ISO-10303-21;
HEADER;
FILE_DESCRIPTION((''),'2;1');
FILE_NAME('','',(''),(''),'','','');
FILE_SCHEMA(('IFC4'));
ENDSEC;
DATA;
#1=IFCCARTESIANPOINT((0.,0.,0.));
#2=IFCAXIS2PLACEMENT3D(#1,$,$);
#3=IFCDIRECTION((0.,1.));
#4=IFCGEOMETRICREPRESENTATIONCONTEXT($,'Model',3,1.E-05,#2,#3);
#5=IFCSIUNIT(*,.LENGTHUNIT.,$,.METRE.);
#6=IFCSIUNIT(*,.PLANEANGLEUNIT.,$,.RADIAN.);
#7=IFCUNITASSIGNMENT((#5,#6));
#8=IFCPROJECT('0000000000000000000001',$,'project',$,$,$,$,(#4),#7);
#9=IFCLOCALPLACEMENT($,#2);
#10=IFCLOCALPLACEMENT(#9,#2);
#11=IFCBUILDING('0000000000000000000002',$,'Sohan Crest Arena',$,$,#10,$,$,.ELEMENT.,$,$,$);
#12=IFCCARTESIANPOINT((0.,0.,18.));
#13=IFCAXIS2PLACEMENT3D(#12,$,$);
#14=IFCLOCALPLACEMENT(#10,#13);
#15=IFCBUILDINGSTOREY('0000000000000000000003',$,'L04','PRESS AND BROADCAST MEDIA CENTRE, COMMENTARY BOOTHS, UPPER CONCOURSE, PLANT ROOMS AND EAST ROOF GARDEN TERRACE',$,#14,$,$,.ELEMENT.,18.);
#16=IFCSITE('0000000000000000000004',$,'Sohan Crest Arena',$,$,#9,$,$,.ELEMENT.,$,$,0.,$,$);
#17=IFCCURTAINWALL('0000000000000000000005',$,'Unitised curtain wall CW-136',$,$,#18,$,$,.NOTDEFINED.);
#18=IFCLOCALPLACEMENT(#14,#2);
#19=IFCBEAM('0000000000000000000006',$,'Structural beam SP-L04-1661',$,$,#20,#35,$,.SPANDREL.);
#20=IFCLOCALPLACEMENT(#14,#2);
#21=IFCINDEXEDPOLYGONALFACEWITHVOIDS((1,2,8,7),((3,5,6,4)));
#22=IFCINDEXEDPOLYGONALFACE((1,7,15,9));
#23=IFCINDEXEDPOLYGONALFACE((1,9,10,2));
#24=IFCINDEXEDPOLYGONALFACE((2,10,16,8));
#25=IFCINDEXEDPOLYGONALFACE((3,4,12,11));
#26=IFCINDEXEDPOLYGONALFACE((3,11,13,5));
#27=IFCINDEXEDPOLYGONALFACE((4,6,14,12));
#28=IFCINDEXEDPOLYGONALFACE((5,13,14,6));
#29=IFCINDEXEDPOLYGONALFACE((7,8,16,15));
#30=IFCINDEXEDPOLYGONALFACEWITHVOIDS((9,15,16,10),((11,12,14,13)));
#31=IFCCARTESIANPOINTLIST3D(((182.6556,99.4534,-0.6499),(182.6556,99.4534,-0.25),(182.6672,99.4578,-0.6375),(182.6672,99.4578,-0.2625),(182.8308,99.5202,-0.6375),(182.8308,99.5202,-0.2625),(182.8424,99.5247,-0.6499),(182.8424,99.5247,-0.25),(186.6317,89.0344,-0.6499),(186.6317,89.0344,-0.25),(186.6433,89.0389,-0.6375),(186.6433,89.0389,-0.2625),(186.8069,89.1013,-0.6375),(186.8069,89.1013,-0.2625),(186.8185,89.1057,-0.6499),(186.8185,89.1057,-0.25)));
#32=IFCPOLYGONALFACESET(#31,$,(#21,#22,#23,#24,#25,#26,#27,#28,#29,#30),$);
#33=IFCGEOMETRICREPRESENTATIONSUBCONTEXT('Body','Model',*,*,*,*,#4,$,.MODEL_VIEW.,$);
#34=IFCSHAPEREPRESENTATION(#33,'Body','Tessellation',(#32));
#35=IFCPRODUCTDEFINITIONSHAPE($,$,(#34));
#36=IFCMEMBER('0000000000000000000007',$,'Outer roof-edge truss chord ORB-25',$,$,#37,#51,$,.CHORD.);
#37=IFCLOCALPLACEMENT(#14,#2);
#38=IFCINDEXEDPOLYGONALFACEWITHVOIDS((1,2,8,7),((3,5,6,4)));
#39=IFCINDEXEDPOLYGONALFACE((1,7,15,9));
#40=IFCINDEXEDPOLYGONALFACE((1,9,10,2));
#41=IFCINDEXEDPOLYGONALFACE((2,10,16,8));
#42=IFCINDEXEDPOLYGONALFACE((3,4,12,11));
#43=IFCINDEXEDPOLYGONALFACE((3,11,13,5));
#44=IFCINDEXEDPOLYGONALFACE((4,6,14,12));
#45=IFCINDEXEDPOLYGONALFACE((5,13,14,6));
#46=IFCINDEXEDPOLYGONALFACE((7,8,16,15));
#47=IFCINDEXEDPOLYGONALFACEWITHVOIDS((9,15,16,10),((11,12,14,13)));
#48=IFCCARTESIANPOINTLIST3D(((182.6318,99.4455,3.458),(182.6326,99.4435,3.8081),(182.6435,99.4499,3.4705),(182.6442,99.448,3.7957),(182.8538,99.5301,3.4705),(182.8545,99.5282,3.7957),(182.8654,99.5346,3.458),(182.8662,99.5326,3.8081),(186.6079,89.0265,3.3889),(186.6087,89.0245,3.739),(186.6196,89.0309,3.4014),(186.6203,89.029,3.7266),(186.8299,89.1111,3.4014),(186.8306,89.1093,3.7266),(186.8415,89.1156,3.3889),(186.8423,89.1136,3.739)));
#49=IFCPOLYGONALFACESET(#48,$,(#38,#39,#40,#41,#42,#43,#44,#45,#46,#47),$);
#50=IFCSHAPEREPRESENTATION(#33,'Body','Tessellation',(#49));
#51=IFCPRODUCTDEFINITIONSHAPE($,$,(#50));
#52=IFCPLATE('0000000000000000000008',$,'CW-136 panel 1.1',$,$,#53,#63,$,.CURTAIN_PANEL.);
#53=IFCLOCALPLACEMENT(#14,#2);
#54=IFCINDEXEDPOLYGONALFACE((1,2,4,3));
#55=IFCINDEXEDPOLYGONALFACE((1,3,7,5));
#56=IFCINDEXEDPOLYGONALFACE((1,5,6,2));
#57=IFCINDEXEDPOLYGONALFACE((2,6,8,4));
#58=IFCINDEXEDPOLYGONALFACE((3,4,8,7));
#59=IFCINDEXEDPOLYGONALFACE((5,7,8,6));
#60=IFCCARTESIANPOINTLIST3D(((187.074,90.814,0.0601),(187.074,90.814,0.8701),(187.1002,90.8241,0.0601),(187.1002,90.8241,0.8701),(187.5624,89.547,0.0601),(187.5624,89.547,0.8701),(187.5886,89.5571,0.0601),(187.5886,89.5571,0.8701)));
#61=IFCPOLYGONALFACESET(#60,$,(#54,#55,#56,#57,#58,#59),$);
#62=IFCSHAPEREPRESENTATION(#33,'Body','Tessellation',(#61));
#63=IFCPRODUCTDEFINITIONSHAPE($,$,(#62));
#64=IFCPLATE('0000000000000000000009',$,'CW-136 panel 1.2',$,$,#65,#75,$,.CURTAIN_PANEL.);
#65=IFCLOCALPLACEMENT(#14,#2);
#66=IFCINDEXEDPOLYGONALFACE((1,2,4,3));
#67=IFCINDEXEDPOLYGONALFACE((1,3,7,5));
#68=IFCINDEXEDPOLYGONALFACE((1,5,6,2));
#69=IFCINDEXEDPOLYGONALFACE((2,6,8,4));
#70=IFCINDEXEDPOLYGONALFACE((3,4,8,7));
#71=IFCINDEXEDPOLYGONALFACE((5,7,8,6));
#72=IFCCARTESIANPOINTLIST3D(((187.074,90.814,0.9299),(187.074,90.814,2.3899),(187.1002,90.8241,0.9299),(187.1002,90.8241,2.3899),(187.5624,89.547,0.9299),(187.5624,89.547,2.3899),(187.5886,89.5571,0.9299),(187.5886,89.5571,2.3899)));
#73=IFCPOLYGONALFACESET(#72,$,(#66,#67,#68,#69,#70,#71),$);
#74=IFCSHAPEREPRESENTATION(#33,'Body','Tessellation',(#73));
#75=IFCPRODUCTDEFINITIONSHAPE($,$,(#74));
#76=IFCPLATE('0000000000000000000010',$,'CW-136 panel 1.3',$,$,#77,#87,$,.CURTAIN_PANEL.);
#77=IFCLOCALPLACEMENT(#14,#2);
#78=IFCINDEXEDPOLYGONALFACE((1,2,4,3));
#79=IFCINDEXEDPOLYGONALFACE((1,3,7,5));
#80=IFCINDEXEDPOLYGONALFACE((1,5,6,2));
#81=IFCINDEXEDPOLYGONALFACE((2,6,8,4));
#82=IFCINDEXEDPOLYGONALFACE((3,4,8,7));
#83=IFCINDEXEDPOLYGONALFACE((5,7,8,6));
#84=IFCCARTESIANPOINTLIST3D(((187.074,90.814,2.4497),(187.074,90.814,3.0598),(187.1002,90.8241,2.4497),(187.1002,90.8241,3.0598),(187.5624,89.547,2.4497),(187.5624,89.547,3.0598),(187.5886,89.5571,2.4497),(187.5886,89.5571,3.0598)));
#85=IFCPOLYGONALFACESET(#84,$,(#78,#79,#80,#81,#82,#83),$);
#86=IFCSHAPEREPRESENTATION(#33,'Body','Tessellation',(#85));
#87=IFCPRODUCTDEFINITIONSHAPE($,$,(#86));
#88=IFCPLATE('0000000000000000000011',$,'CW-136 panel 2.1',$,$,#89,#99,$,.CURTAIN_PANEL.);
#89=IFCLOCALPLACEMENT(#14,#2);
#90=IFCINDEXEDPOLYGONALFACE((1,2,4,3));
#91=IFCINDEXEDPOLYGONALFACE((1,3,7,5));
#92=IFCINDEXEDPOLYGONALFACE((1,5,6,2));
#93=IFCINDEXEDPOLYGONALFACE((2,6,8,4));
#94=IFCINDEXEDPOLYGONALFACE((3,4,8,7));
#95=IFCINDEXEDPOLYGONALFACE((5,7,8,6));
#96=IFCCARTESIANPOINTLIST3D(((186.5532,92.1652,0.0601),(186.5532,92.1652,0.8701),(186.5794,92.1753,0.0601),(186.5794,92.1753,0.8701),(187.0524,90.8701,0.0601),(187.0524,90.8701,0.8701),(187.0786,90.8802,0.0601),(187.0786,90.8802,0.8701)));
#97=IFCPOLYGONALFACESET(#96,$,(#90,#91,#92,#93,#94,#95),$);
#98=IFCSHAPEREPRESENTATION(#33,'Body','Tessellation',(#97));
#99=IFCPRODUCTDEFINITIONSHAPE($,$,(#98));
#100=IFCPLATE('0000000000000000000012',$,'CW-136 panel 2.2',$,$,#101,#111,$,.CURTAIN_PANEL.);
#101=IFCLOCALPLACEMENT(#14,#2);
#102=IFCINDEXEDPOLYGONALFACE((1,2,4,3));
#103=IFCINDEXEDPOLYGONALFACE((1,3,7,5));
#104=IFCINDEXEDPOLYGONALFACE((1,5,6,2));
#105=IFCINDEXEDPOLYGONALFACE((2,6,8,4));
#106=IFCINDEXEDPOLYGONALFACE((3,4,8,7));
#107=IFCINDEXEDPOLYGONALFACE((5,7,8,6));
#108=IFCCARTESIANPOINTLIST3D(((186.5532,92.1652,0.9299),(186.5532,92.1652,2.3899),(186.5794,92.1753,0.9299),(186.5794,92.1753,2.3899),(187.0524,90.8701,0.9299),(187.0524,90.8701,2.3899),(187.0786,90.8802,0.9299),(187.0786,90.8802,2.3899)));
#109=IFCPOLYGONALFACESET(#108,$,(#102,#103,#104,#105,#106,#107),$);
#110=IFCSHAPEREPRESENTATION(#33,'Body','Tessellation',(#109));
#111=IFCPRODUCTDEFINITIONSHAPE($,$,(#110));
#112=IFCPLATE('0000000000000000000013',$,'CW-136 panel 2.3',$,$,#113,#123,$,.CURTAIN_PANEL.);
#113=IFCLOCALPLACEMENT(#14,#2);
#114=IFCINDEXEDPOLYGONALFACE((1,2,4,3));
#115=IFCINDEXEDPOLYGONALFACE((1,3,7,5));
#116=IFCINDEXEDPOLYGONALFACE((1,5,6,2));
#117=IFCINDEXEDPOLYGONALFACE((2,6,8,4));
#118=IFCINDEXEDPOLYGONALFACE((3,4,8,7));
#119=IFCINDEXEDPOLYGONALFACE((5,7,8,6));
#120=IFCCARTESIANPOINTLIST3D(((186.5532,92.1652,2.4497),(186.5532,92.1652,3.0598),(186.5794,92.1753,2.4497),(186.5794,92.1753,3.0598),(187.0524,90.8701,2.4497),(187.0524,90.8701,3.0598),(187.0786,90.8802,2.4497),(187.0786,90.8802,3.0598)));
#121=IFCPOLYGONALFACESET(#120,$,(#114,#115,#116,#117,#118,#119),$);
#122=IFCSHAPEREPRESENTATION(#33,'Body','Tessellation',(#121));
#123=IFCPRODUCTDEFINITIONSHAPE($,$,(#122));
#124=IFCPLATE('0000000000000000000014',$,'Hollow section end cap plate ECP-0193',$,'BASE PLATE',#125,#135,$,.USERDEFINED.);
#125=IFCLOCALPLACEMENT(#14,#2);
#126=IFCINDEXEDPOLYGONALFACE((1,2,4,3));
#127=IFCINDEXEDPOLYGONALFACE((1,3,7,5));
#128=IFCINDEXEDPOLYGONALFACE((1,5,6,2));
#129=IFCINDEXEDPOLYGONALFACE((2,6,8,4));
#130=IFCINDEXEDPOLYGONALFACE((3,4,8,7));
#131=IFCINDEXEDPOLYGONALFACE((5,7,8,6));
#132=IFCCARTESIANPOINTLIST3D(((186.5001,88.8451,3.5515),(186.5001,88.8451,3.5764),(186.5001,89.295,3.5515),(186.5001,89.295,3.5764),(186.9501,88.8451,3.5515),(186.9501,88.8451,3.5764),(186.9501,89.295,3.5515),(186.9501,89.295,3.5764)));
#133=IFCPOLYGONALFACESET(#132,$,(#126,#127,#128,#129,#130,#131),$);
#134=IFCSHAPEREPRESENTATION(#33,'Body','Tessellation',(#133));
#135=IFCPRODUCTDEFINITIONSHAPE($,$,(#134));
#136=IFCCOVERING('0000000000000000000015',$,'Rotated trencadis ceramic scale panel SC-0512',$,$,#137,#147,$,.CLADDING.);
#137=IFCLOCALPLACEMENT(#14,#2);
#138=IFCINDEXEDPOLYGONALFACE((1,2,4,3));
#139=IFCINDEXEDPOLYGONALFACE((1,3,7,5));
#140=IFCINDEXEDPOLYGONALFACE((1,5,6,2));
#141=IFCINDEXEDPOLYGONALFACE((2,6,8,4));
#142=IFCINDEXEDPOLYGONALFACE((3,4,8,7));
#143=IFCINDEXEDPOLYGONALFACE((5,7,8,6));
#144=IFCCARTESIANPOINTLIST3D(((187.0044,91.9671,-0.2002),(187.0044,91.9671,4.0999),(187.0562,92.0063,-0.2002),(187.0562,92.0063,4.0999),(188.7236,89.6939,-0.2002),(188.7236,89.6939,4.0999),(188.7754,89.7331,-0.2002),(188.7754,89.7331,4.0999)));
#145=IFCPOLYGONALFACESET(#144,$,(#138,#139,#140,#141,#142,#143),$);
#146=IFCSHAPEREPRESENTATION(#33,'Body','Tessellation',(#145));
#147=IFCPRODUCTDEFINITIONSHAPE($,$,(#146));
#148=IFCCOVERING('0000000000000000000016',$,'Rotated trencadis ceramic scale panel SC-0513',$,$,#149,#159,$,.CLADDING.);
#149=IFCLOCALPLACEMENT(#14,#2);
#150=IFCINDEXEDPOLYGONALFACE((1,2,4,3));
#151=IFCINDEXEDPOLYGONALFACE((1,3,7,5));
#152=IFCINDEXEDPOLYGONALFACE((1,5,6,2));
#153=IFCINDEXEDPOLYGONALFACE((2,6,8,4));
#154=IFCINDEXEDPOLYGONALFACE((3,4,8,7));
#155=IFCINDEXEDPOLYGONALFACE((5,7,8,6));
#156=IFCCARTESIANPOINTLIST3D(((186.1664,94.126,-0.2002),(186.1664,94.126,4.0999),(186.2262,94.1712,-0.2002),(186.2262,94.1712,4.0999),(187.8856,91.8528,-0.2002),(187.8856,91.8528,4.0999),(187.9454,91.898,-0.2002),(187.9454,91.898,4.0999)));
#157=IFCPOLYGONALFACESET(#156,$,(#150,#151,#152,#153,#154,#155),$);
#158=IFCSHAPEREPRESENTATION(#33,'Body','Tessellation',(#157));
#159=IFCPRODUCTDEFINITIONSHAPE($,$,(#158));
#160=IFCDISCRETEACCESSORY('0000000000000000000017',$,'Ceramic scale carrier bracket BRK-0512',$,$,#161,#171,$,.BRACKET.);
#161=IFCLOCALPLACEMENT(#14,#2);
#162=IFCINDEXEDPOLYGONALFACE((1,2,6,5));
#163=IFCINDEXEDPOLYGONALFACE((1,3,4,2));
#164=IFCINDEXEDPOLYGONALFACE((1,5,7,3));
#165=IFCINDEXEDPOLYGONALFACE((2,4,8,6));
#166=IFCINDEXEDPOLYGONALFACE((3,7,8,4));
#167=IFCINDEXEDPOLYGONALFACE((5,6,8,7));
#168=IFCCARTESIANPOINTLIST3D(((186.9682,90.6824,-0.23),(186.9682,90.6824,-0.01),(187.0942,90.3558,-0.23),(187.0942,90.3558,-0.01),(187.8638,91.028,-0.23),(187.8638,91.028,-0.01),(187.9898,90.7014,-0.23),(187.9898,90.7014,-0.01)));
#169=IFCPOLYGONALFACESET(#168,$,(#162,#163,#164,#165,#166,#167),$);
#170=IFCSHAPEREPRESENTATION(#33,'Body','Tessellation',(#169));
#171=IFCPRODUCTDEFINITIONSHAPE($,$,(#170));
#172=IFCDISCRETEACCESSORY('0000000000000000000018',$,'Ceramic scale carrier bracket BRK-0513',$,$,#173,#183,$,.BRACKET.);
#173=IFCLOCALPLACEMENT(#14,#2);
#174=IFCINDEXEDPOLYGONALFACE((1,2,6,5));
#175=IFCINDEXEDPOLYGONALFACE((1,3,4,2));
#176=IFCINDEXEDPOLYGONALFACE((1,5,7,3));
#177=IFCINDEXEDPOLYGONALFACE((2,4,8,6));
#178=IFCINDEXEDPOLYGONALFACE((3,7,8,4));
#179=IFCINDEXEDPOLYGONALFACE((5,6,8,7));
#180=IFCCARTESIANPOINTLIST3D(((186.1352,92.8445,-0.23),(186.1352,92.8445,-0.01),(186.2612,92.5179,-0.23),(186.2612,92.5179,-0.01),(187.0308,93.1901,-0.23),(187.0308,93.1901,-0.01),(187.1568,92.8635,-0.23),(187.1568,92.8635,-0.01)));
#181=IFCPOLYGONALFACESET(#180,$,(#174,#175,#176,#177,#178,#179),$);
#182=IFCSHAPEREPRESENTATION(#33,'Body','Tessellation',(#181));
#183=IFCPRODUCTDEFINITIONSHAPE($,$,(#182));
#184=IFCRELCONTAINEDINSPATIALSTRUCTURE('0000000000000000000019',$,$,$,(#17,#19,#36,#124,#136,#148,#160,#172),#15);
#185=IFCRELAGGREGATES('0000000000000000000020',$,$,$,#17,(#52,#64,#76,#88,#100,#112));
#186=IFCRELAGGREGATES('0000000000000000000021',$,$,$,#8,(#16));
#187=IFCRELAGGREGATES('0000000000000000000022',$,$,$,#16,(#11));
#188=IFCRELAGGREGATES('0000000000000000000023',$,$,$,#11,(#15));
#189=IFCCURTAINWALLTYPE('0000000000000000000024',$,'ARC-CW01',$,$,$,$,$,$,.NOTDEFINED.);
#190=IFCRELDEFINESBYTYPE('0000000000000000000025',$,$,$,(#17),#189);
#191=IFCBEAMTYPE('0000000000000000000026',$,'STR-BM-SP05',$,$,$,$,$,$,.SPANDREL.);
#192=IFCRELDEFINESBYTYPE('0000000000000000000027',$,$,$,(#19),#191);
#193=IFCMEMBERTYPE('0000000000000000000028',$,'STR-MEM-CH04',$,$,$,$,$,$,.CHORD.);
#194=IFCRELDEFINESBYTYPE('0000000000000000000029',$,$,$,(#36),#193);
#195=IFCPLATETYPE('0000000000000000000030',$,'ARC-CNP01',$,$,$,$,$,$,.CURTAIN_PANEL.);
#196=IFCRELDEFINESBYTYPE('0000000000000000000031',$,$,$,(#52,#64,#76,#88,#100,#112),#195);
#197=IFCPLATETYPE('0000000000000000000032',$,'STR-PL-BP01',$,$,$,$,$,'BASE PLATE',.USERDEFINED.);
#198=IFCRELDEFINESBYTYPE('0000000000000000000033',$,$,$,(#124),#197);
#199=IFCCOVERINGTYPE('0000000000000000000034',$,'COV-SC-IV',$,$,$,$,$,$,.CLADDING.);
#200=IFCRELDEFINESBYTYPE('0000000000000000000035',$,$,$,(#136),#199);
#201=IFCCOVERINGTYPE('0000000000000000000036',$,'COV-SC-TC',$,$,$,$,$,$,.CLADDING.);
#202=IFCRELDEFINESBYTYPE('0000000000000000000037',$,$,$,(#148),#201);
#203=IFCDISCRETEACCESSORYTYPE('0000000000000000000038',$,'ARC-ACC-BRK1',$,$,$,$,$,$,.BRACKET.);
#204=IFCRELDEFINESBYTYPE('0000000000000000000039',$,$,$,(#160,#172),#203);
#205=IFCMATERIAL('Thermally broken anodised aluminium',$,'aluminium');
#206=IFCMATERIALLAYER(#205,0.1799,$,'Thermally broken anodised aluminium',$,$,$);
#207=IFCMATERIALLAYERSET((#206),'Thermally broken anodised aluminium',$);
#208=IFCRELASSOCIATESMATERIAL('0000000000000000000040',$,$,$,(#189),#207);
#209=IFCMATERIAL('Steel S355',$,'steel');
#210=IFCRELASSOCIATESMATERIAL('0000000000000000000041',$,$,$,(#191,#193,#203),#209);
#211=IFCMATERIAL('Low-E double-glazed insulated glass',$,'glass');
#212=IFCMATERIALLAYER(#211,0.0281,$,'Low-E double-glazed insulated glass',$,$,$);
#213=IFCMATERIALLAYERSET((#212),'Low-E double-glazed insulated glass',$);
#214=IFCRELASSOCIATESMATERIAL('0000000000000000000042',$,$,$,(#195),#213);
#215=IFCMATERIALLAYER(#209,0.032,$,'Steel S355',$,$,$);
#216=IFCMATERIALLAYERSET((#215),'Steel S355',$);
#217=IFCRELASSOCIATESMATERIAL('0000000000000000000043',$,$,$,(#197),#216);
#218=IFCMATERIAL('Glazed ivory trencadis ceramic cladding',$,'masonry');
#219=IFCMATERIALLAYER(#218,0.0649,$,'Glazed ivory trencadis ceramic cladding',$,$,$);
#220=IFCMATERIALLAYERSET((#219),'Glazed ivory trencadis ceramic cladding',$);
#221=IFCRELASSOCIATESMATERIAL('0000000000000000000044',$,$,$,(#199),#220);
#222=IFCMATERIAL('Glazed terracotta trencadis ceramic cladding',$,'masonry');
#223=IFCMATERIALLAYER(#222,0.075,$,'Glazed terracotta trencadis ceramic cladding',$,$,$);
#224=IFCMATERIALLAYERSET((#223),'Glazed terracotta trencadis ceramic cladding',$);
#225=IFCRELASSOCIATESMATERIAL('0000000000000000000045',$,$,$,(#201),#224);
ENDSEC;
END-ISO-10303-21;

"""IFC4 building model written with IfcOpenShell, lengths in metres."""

from ifc_helpers import new_model, si_unit, direction, frame, origin, origin_2d, place, context, subcontext, project, spatial, rectangle, hollow_rectangle, extrude, material, layer, layer_set, material_profile, profile_set, type_object, element, aggregate, save


model = new_model("IFC4")

# Units and contexts
model_context = context("Model", 3, precision=1e-05, world=origin(), true_north=direction((0.0, 1.0)))
body_context = subcontext(model_context, "Body", "Model", "MODEL_VIEW")
ifc_project = project(units=[si_unit("LENGTHUNIT", "METRE"), si_unit("PLANEANGLEUNIT", "RADIAN")], contexts=[model_context])

# Site, building, storey
site_placement = place(None, origin())
site = spatial("IfcSite", under=ifc_project, at=site_placement, Name="Sohan Crest Arena", CompositionType="ELEMENT", RefElevation=0.0)
building_placement = place(site_placement, origin())
building = spatial("IfcBuilding", under=site, at=building_placement, Name="Sohan Crest Arena", CompositionType="ELEMENT")
storey_placement = place(building_placement, frame((0.0, 0.0, 18.0)))
storey = spatial("IfcBuildingStorey", under=building, at=storey_placement, Name="L04", Description="PRESS AND BROADCAST MEDIA CENTRE, COMMENTARY BOOTHS, UPPER CONCOURSE, PLANT ROOMS AND EAST ROOF GARDEN TERRACE", CompositionType="ELEMENT", Elevation=18.0)

# Shared definitions
ifc_material_1 = material(Name="Steel S355", Category="steel")

# Curtain wall
ifc_material_2 = material(Name="Thermally broken anodised aluminium", Category="aluminium")
ifc_layer_1 = layer(ifc_material_2, 0.1799, Name="Thermally broken anodised aluminium")
ifc_layer_set_1 = layer_set([ifc_layer_1], Name="Thermally broken anodised aluminium")
curtain_wall_type_1 = type_object("IfcCurtainWallType", Name="ARC-CW01", PredefinedType="NOTDEFINED", material=ifc_layer_set_1)
curtain_wall_1_placement = place(storey_placement, origin())
curtain_wall_1 = element("IfcCurtainWall", 1, at=curtain_wall_1_placement, inside=storey, type_object=curtain_wall_type_1, Name="Unitised curtain wall CW-136", PredefinedType="NOTDEFINED")

# Beam
ifc_material_profile_1 = material_profile(ifc_material_1, hollow_rectangle(XDim=0.2, YDim=0.3999, WallThickness=0.0125, at=origin_2d()), Name="RHS 400x200x12.5")
ifc_profile_set_1 = profile_set([ifc_material_profile_1], Name="Steel S355")
beam_type = type_object("IfcBeamType", Name="STR-BM-SP05", PredefinedType="SPANDREL", material=ifc_profile_set_1)
beam_placement = place(storey_placement, frame((186.7251, 89.0701, -0.45), z_axis=(-0.35654, 0.93428, 0.0), x_axis=(-0.93428, -0.35654, 0.0)))
element("IfcBeam", 2, at=beam_placement, inside=storey, type_object=beam_type, Name="Structural beam SP-L04-1661", PredefinedType="SPANDREL", context=body_context, shape_type="SweptSolid", body=[
    extrude(hollow_rectangle(XDim=0.2, YDim=0.3999, WallThickness=0.0125, at=origin_2d()), origin(), (0.0, 0.0, 1.0), 11.1519),
])

# Member
ifc_material_profile_2 = material_profile(ifc_material_1, hollow_rectangle(XDim=0.25, YDim=0.3501, WallThickness=0.0125, at=origin_2d()), Name="RHS 350x250x12.5")
ifc_profile_set_2 = profile_set([ifc_material_profile_2], Name="Steel S355")
member_type_1 = type_object("IfcMemberType", Name="STR-MEM-CH04", PredefinedType="CHORD", material=ifc_profile_set_2)
member_1_placement = place(storey_placement, frame((186.7251, 89.0701, 3.564), z_axis=(-0.356533, 0.934262, 0.006195), x_axis=(-0.93428, -0.35654, 0.0)))
element("IfcMember", 3, at=member_1_placement, inside=storey, type_object=member_type_1, Name="Outer roof-edge truss chord ORB-25", PredefinedType="CHORD", context=body_context, shape_type="SweptSolid", body=[
    extrude(hollow_rectangle(XDim=0.25, YDim=0.3501, WallThickness=0.0125, at=origin_2d()), origin(), (0.0, 0.0, 1.0), 11.1521),
])

# Plates
ifc_material_3 = material(Name="Low-E double-glazed insulated glass", Category="glass")
ifc_layer_2 = layer(ifc_material_3, 0.0281, Name="Low-E double-glazed insulated glass")
ifc_layer_set_2 = layer_set([ifc_layer_2], Name="Low-E double-glazed insulated glass")
plate_type_1 = type_object("IfcPlateType", Name="ARC-CNP01", PredefinedType="CURTAIN_PANEL", material=ifc_layer_set_2)
plate_1_placement = place(storey_placement, frame((187.3313, 90.1855, 0.0601), z_axis=(0.0, 0.0, 1.0), x_axis=(-0.359633, 0.933094, 0.0)))
plate_1 = element("IfcPlate", 4, at=plate_1_placement, type_object=plate_type_1, Name="CW-136 panel 1.1", PredefinedType="CURTAIN_PANEL", context=body_context, shape_type="SweptSolid", body=[
    extrude(rectangle(XDim=1.3579, YDim=0.0281, at=origin_2d()), origin(), (0.0, 0.0, 1.0), 0.8101),
])
plate_2_placement = place(storey_placement, frame((187.3313, 90.1855, 0.9299), z_axis=(0.0, 0.0, 1.0), x_axis=(-0.359633, 0.933094, 0.0)))
plate_2 = element("IfcPlate", 5, at=plate_2_placement, type_object=plate_type_1, Name="CW-136 panel 1.2", PredefinedType="CURTAIN_PANEL", context=body_context, shape_type="SweptSolid", body=[
    extrude(rectangle(XDim=1.3579, YDim=0.0281, at=origin_2d()), origin(), (0.0, 0.0, 1.0), 1.46),
])
plate_3_placement = place(storey_placement, frame((187.3313, 90.1855, 2.4497), z_axis=(0.0, 0.0, 1.0), x_axis=(-0.359633, 0.933094, 0.0)))
plate_3 = element("IfcPlate", 6, at=plate_3_placement, type_object=plate_type_1, Name="CW-136 panel 1.3", PredefinedType="CURTAIN_PANEL", context=body_context, shape_type="SweptSolid", body=[
    extrude(rectangle(XDim=1.3579, YDim=0.0281, at=origin_2d()), origin(), (0.0, 0.0, 1.0), 0.6101),
])
plate_4_placement = place(storey_placement, frame((186.8159, 91.5227, 0.0601), z_axis=(0.0, 0.0, 1.0), x_axis=(-0.359633, 0.933094, 0.0)))
plate_4 = element("IfcPlate", 7, at=plate_4_placement, type_object=plate_type_1, Name="CW-136 panel 2.1", PredefinedType="CURTAIN_PANEL", context=body_context, shape_type="SweptSolid", body=[
    extrude(rectangle(XDim=1.3879, YDim=0.0281, at=origin_2d()), origin(), (0.0, 0.0, 1.0), 0.8101),
])
plate_5_placement = place(storey_placement, frame((186.8159, 91.5227, 0.9299), z_axis=(0.0, 0.0, 1.0), x_axis=(-0.359633, 0.933094, 0.0)))
plate_5 = element("IfcPlate", 8, at=plate_5_placement, type_object=plate_type_1, Name="CW-136 panel 2.2", PredefinedType="CURTAIN_PANEL", context=body_context, shape_type="SweptSolid", body=[
    extrude(rectangle(XDim=1.3879, YDim=0.0281, at=origin_2d()), origin(), (0.0, 0.0, 1.0), 1.46),
])
plate_6_placement = place(storey_placement, frame((186.8159, 91.5227, 2.4497), z_axis=(0.0, 0.0, 1.0), x_axis=(-0.359633, 0.933094, 0.0)))
plate_6 = element("IfcPlate", 9, at=plate_6_placement, type_object=plate_type_1, Name="CW-136 panel 2.3", PredefinedType="CURTAIN_PANEL", context=body_context, shape_type="SweptSolid", body=[
    extrude(rectangle(XDim=1.3879, YDim=0.0281, at=origin_2d()), origin(), (0.0, 0.0, 1.0), 0.6101),
])
aggregate(curtain_wall_1, [plate_1, plate_2, plate_3, plate_4, plate_5, plate_6])
ifc_layer_3 = layer(ifc_material_1, 0.032, Name="Steel S355")
ifc_layer_set_3 = layer_set([ifc_layer_3], Name="Steel S355")
plate_type_2 = type_object("IfcPlateType", Name="STR-PL-BP01", ElementType="BASE PLATE", PredefinedType="USERDEFINED", material=ifc_layer_set_3)
plate_7_placement = place(storey_placement, frame((186.7251, 89.0701, 3.5515), z_axis=(0.0, 0.0, 1.0), x_axis=(1.0, 0.0, 0.0)))
element("IfcPlate", 10, at=plate_7_placement, inside=storey, type_object=plate_type_2, Name="Hollow section end cap plate ECP-0193", ObjectType="BASE PLATE", PredefinedType="USERDEFINED", context=body_context, shape_type="SweptSolid", body=[
    extrude(rectangle(XDim=0.45, YDim=0.45, at=origin_2d()), origin(), (0.0, 0.0, 1.0), 0.0249),
])

# Coverings
ifc_material_4 = material(Name="Glazed ivory trencadis ceramic cladding", Category="masonry")
ifc_layer_4 = layer(ifc_material_4, 0.0649, Name="Glazed ivory trencadis ceramic cladding")
ifc_layer_set_4 = layer_set([ifc_layer_4], Name="Glazed ivory trencadis ceramic cladding")
covering_type_1 = type_object("IfcCoveringType", Name="COV-SC-IV", PredefinedType="CLADDING", material=ifc_layer_set_4)
covering_1_placement = place(storey_placement, frame((187.8899, 90.8501, -0.2002), z_axis=(0.0, 0.0, 1.0), x_axis=(-0.603208, 0.797584, 0.0)))
element("IfcCovering", 11, at=covering_1_placement, inside=storey, type_object=covering_type_1, Name="Rotated trencadis ceramic scale panel SC-0512", PredefinedType="CLADDING", context=body_context, shape_type="SweptSolid", body=[
    extrude(rectangle(XDim=2.8501, YDim=0.0649, at=origin_2d()), origin(), (0.0, 0.0, 1.0), 4.3),
])
ifc_material_5 = material(Name="Glazed terracotta trencadis ceramic cladding", Category="masonry")
ifc_layer_5 = layer(ifc_material_5, 0.075, Name="Glazed terracotta trencadis ceramic cladding")
ifc_layer_set_5 = layer_set([ifc_layer_5], Name="Glazed terracotta trencadis ceramic cladding")
covering_type_2 = type_object("IfcCoveringType", Name="COV-SC-TC", PredefinedType="CLADDING", material=ifc_layer_set_5)
covering_2_placement = place(storey_placement, frame((187.0559, 93.012, -0.2002), z_axis=(0.0, 0.0, 1.0), x_axis=(-0.603208, 0.797584, 0.0)))
element("IfcCovering", 12, at=covering_2_placement, inside=storey, type_object=covering_type_2, Name="Rotated trencadis ceramic scale panel SC-0513", PredefinedType="CLADDING", context=body_context, shape_type="SweptSolid", body=[
    extrude(rectangle(XDim=2.8501, YDim=0.075, at=origin_2d()), origin(), (0.0, 0.0, 1.0), 4.3),
])

# Discrete accessories
discrete_accessory_type = type_object("IfcDiscreteAccessoryType", Name="ARC-ACC-BRK1", PredefinedType="BRACKET", material=ifc_material_1)
for number, where, z_axis, x_axis, name in (
    (13, (187.479, 90.6919, -0.23), (0.0, 0.0, 1.0), (-0.359997, 0.932954, 0.0), "Ceramic scale carrier bracket BRK-0512"),
    (14, (186.646, 92.854, -0.23), (0.0, 0.0, 1.0), (-0.359997, 0.932954, 0.0), "Ceramic scale carrier bracket BRK-0513"),
):
    element("IfcDiscreteAccessory", number, at=place(storey_placement, frame(where, z_axis=z_axis, x_axis=x_axis)), inside=storey, type_object=discrete_accessory_type, Name=name, PredefinedType="BRACKET", context=body_context, shape_type="SweptSolid", body=[
        extrude(rectangle(XDim=0.3501, YDim=0.96, at=origin_2d()), origin(), (0.0, 0.0, 1.0), 0.22),
    ])

save(model, "model.ifc")
